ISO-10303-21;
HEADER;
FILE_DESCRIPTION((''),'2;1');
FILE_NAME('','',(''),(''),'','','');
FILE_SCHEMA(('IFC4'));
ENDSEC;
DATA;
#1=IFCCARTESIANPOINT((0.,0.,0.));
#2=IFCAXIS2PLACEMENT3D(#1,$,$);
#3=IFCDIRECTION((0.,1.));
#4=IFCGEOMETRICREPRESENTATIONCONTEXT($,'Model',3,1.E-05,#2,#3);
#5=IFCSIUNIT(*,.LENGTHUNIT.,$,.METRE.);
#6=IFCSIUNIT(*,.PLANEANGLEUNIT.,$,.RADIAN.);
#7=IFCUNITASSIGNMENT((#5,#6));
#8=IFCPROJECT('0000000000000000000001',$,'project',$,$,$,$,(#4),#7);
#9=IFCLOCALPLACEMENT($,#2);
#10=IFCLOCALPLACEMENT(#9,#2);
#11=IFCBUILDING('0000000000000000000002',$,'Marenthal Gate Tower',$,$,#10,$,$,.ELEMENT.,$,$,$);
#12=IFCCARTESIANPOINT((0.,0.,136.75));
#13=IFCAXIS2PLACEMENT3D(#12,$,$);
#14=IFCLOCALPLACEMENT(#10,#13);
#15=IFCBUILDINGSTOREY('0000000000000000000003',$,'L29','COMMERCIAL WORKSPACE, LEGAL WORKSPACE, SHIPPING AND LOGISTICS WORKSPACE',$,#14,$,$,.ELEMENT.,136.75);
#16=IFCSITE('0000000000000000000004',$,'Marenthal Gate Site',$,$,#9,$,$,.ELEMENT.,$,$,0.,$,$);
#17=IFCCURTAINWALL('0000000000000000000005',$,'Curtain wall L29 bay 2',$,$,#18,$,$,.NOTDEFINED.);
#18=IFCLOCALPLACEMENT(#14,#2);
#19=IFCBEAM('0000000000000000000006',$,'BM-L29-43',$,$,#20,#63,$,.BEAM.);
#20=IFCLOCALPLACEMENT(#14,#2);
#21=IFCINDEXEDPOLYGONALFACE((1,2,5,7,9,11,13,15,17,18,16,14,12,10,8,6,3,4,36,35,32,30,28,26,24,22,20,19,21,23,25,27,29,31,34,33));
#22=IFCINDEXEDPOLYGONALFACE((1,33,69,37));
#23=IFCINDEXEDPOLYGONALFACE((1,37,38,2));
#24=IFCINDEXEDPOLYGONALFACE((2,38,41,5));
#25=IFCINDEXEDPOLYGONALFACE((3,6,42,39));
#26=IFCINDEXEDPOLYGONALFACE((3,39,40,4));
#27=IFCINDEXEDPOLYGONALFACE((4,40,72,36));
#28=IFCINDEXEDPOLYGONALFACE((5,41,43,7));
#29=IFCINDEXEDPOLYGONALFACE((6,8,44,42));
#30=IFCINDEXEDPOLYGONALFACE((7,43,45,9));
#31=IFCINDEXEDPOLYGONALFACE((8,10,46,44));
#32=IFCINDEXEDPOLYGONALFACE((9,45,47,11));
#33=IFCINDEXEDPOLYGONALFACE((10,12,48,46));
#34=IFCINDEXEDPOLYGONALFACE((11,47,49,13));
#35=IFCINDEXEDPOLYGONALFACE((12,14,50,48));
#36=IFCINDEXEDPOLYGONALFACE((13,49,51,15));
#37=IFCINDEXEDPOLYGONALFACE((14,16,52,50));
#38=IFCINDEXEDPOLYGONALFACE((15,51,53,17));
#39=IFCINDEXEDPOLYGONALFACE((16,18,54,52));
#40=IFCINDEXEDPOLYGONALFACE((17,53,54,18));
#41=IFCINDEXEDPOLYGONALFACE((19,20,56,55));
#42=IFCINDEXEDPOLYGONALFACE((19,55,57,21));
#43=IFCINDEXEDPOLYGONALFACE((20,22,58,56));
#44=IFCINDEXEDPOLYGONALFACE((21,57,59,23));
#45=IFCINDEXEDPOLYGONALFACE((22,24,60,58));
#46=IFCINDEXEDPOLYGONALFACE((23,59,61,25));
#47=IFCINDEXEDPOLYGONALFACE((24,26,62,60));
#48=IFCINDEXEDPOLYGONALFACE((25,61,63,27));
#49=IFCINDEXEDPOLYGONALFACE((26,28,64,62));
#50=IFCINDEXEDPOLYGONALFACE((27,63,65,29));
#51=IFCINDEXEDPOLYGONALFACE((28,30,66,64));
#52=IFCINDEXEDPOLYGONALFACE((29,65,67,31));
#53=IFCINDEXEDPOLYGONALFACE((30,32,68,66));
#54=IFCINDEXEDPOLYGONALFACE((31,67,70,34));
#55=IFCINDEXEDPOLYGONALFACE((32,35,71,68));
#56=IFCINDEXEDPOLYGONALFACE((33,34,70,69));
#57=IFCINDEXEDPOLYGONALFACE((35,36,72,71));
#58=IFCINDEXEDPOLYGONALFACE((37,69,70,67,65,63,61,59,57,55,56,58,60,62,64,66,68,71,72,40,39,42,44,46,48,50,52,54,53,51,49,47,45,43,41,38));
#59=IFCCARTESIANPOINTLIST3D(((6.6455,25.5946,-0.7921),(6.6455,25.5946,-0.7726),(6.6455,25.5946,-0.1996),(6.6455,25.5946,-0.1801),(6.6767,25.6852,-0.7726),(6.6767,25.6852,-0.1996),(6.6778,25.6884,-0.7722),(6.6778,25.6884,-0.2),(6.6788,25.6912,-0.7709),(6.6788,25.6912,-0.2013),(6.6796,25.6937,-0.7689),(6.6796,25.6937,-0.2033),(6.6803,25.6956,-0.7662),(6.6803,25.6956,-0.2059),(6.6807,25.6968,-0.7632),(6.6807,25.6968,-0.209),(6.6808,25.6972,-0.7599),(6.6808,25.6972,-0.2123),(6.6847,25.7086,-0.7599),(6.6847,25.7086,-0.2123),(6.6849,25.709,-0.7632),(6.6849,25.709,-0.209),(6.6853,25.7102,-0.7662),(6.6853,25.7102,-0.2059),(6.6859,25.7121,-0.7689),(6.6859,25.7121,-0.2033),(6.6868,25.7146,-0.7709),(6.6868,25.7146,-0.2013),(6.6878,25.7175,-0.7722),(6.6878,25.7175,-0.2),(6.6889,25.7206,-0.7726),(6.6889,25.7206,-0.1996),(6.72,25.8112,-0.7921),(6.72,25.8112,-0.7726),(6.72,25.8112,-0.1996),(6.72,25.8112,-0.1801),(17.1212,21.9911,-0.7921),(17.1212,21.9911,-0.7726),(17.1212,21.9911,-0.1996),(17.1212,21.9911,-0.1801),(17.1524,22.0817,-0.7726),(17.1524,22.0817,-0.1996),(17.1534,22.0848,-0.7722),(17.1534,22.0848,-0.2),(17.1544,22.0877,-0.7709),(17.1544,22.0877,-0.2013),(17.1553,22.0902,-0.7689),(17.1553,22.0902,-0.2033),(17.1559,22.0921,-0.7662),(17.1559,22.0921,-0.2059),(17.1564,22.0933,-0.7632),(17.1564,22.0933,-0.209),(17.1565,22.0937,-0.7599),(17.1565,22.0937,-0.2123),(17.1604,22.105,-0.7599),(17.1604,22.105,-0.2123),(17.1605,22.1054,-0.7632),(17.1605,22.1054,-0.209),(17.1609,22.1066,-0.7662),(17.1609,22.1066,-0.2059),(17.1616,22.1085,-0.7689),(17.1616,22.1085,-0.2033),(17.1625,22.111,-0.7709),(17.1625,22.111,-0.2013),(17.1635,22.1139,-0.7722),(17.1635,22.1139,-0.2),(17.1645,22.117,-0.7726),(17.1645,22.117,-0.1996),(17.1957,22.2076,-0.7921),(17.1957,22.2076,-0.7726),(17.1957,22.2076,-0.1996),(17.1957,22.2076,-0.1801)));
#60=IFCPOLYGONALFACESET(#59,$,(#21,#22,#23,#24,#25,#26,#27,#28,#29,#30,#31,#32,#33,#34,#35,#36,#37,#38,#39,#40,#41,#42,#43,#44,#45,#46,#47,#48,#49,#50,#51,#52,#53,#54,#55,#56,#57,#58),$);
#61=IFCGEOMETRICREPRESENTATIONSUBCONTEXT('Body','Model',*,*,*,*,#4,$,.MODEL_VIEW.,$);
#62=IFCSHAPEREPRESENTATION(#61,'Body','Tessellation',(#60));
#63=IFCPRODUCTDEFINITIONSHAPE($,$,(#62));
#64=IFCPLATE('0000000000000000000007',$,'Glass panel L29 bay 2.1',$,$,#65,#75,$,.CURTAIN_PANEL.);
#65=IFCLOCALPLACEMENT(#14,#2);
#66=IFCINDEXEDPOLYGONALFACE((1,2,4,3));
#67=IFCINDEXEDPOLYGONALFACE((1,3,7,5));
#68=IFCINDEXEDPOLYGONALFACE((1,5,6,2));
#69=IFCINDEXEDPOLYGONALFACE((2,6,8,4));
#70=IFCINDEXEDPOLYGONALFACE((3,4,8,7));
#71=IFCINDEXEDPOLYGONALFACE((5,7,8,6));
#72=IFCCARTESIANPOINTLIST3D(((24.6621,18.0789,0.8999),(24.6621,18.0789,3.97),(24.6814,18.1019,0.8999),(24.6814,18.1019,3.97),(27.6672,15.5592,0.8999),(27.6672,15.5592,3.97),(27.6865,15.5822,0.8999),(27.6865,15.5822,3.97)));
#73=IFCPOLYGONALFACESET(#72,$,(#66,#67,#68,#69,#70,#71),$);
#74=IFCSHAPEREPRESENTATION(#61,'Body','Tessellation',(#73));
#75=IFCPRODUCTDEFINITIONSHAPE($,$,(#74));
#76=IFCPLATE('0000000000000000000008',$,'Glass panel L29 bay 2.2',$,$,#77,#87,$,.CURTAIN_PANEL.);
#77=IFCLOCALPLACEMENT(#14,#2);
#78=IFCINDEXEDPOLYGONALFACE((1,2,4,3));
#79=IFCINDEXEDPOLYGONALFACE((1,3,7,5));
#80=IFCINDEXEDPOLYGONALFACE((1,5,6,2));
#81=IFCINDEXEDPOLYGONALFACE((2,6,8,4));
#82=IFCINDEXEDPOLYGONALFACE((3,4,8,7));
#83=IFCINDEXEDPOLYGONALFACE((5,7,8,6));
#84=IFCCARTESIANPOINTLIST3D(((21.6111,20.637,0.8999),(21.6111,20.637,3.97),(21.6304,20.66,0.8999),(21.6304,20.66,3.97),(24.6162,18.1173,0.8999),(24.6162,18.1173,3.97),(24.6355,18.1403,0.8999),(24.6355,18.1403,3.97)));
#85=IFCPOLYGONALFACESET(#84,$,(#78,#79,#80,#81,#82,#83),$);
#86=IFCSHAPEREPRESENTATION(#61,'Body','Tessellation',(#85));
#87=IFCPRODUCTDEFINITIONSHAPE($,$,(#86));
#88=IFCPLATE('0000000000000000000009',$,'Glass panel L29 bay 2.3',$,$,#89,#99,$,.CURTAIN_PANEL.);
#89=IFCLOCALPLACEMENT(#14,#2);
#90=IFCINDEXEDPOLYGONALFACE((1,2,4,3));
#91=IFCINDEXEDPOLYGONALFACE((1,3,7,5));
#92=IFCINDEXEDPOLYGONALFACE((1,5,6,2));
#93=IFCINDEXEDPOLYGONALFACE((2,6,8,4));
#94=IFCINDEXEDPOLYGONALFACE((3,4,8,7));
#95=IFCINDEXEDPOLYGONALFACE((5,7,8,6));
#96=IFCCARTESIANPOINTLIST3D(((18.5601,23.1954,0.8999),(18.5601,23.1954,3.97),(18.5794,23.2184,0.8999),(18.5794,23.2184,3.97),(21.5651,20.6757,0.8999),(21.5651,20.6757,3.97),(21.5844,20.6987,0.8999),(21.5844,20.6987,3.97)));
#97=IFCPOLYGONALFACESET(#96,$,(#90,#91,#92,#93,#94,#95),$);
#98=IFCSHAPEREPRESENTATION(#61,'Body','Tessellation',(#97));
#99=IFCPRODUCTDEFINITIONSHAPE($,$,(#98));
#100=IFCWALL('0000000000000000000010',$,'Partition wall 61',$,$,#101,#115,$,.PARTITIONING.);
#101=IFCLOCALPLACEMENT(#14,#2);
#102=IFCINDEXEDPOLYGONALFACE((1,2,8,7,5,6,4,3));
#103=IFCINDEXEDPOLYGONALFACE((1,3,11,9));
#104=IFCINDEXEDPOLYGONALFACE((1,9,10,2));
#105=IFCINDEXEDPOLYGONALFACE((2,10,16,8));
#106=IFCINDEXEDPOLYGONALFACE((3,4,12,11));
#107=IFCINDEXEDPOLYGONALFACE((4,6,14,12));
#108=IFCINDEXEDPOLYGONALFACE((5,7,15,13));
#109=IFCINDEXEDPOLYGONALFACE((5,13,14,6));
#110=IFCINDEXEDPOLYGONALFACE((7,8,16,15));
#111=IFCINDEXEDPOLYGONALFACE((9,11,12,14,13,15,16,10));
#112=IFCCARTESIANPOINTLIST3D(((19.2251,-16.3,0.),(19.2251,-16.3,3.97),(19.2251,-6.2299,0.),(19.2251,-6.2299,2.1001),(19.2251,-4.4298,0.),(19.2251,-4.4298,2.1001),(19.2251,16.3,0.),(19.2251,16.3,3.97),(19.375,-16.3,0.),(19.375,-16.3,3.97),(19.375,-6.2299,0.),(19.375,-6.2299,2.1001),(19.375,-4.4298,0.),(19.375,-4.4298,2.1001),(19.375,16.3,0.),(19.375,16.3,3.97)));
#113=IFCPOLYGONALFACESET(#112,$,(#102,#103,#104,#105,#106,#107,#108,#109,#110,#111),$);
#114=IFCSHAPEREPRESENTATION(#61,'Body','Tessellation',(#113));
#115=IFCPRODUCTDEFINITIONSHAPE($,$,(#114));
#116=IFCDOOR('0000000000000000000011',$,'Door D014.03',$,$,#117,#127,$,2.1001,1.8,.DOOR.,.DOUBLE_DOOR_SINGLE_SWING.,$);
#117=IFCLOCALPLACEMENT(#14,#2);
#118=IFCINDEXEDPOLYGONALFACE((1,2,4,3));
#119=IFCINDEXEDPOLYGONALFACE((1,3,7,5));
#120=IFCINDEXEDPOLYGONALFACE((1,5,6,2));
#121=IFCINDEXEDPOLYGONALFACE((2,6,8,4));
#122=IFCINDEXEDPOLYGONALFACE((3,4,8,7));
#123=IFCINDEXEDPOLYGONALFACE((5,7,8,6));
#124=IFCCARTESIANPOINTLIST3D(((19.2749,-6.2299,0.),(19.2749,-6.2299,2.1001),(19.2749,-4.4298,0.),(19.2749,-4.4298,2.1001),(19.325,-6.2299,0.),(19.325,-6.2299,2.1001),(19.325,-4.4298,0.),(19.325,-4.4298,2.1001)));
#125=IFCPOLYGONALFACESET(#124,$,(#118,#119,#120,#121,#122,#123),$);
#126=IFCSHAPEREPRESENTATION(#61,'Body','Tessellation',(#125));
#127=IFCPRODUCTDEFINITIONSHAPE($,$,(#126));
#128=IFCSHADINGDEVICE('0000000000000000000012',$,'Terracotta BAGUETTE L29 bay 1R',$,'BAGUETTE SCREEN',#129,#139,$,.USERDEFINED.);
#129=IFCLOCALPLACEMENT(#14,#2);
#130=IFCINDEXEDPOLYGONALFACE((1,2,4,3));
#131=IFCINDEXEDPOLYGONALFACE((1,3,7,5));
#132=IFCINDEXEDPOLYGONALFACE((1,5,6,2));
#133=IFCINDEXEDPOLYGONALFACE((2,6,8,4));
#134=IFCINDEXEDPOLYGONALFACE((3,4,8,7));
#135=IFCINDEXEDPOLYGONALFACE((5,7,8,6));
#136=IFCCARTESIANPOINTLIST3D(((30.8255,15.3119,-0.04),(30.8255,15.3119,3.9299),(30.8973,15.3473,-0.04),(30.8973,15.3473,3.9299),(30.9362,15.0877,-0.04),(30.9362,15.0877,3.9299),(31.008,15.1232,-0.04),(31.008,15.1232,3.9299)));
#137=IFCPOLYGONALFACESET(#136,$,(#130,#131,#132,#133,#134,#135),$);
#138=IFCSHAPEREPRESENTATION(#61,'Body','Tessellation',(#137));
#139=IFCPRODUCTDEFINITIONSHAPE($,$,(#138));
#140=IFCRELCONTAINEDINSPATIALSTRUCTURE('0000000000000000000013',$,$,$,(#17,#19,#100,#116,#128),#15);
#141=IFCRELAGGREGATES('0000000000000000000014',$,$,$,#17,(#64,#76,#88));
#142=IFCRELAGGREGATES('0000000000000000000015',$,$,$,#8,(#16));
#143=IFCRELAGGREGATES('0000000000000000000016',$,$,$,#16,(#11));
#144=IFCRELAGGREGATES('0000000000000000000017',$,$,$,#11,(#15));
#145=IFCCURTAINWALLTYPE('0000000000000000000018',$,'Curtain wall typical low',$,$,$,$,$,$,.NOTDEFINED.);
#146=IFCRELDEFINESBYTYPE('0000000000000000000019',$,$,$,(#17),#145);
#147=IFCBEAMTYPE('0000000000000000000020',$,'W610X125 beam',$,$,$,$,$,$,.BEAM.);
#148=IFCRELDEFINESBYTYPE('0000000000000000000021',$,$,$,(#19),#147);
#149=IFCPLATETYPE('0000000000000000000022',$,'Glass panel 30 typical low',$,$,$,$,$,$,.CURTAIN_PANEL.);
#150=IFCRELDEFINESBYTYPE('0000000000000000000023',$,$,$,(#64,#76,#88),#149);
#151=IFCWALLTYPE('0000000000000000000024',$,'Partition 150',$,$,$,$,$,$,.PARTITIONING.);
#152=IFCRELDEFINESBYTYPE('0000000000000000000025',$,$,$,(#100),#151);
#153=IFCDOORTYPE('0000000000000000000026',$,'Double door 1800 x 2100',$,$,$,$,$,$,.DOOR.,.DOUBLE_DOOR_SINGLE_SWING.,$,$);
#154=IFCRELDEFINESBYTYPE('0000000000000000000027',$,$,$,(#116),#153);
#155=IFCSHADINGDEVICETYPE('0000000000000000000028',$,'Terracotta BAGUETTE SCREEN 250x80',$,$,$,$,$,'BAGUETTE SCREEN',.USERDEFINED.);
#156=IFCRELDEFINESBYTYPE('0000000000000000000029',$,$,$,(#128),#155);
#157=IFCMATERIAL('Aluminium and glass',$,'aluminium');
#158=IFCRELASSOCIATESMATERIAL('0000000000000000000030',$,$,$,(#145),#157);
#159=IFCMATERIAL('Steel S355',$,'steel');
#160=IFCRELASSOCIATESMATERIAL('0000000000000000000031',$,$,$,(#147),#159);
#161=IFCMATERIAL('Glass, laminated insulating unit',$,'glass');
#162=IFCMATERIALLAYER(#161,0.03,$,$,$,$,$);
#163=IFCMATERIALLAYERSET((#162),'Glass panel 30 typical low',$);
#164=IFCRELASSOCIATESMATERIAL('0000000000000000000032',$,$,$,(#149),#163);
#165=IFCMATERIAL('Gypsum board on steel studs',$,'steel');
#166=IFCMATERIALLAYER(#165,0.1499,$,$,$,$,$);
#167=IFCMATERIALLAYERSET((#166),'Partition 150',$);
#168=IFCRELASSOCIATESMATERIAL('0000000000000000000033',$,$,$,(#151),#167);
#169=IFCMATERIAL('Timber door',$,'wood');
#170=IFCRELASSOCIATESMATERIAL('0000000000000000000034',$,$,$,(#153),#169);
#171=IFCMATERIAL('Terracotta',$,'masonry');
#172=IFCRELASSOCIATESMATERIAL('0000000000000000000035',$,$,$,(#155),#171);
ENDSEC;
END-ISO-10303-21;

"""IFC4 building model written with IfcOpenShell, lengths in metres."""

from ifc_helpers import new_model, si_unit, direction, frame, frame_2d, origin, origin_2d, place, context, subcontext, project, spatial, rectangle, i_section, extrude, material, layer, layer_set, material_profile, profile_set, type_object, element, fill, aggregate, save


model = new_model("IFC4")

# Units and contexts
model_context = context("Model", 3, precision=1e-05, world=origin(), true_north=direction((0.0, 1.0)))
body_context = subcontext(model_context, "Body", "Model", "MODEL_VIEW")
ifc_project = project(units=[si_unit("LENGTHUNIT", "METRE"), si_unit("PLANEANGLEUNIT", "RADIAN")], contexts=[model_context])

# Site, building, storey
site_placement = place(None, origin())
site = spatial("IfcSite", under=ifc_project, at=site_placement, Name="Marenthal Gate Site", CompositionType="ELEMENT", RefElevation=0.0)
building_placement = place(site_placement, origin())
building = spatial("IfcBuilding", under=site, at=building_placement, Name="Marenthal Gate Tower", CompositionType="ELEMENT")
storey_placement = place(building_placement, frame((0.0, 0.0, 136.75)))
storey = spatial("IfcBuildingStorey", under=building, at=storey_placement, Name="L29", Description="COMMERCIAL WORKSPACE, LEGAL WORKSPACE, SHIPPING AND LOGISTICS WORKSPACE", CompositionType="ELEMENT", Elevation=136.75)

# Curtain wall
ifc_material_1 = material(Name="Aluminium and glass", Category="aluminium")
curtain_wall_type = type_object("IfcCurtainWallType", Name="Curtain wall typical low", PredefinedType="NOTDEFINED", material=ifc_material_1)
curtain_wall_placement = place(storey_placement, origin())
curtain_wall = element("IfcCurtainWall", 1, at=curtain_wall_placement, inside=storey, type_object=curtain_wall_type, Name="Curtain wall L29 bay 2", PredefinedType="NOTDEFINED")

# Beam
ifc_material_2 = material(Name="Steel S355", Category="steel")
ifc_material_profile_1 = material_profile(ifc_material_2, i_section(OverallWidth=0.229, OverallDepth=0.6121, WebThickness=0.012, FlangeThickness=0.0195, FilletRadius=0.0127, at=origin_2d()), Name="W610X125")
ifc_profile_set_1 = profile_set([ifc_material_profile_1], Name="Steel S355")
beam_type_1 = type_object("IfcBeamType", Name="W610X125 beam", PredefinedType="BEAM", material=ifc_profile_set_1)
beam_1_placement = place(storey_placement, frame((17.1584, 22.0994, -0.4861), z_axis=(-0.945616, 0.325284, 0.0), x_axis=(-0.325284, -0.945616, 0.0)))
element("IfcBeam", 2, at=beam_1_placement, inside=storey, type_object=beam_type_1, Name="BM-L29-43", PredefinedType="BEAM", context=body_context, shape_type="SweptSolid", body=[
    extrude(i_section(OverallWidth=0.229, OverallDepth=0.6121, WebThickness=0.012, FlangeThickness=0.0195, FilletRadius=0.0127, at=origin_2d()), origin(), (0.0, 0.0, 1.0), 11.0781),
])

# Plates
ifc_material_3 = material(Name="Glass, laminated insulating unit", Category="glass")
ifc_layer_1 = layer(ifc_material_3, 0.03)
ifc_layer_set_1 = layer_set([ifc_layer_1], Name="Glass panel 30 typical low")
plate_type = type_object("IfcPlateType", Name="Glass panel 30 typical low", PredefinedType="CURTAIN_PANEL", material=ifc_layer_set_1)
plate_1_placement = place(storey_placement, frame((26.1743, 16.8306, 0.8999), z_axis=(0.0, 0.0, 1.0), x_axis=(-0.766277, 0.642511, 0.0)))
plate_1 = element("IfcPlate", 3, at=plate_1_placement, type_object=plate_type, Name="Glass panel L29 bay 2.1", PredefinedType="CURTAIN_PANEL", context=body_context, shape_type="SweptSolid", body=[
    extrude(rectangle(XDim=3.9216, YDim=0.03, at=origin_2d()), origin(), (0.0, 0.0, 1.0), 3.0701),
])
plate_2_placement = place(storey_placement, frame((23.1233, 19.3887, 0.8999), z_axis=(0.0, 0.0, 1.0), x_axis=(-0.766277, 0.642511, 0.0)))
plate_2 = element("IfcPlate", 4, at=plate_2_placement, type_object=plate_type, Name="Glass panel L29 bay 2.2", PredefinedType="CURTAIN_PANEL", context=body_context, shape_type="SweptSolid", body=[
    extrude(rectangle(XDim=3.9216, YDim=0.03, at=origin_2d()), origin(), (0.0, 0.0, 1.0), 3.0701),
])
plate_3_placement = place(storey_placement, frame((20.0723, 21.947, 0.8999), z_axis=(0.0, 0.0, 1.0), x_axis=(-0.766277, 0.642511, 0.0)))
plate_3 = element("IfcPlate", 5, at=plate_3_placement, type_object=plate_type, Name="Glass panel L29 bay 2.3", PredefinedType="CURTAIN_PANEL", context=body_context, shape_type="SweptSolid", body=[
    extrude(rectangle(XDim=3.9216, YDim=0.03, at=origin_2d()), origin(), (0.0, 0.0, 1.0), 3.0701),
])
aggregate(curtain_wall, [plate_1, plate_2, plate_3])

# Wall, opening, door
ifc_material_4 = material(Name="Gypsum board on steel studs", Category="steel")
ifc_layer_2 = layer(ifc_material_4, 0.1499)
ifc_layer_set_2 = layer_set([ifc_layer_2], Name="Partition 150")
wall_type_1 = type_object("IfcWallType", Name="Partition 150", PredefinedType="PARTITIONING", material=ifc_layer_set_2)
wall_1_placement = place(storey_placement, frame((19.3, 16.3, 0.0), z_axis=(0.0, 0.0, 1.0), x_axis=(0.0, -1.0, 0.0)))
wall_1 = element("IfcWall", 6, at=wall_1_placement, inside=storey, type_object=wall_type_1, Name="Partition wall 61", PredefinedType="PARTITIONING", context=body_context, shape_type="SweptSolid", body=[
    extrude(rectangle(XDim=32.6001, YDim=0.1499, at=frame_2d((16.3, 0.0))), origin(), (0.0, 0.0, 1.0), 3.97),
])
opening_1_placement = place(wall_1_placement, frame((20.73, 0.0, 0.0)))
opening_1 = element("IfcOpeningElement", 7, at=opening_1_placement, cuts=wall_1, PredefinedType="OPENING", context=body_context, shape_type="SweptSolid", body=[
    extrude(rectangle(XDim=1.8, YDim=2.1001, at=frame_2d((0.8999, 1.05))), frame((0.0, 0.085, 0.0), z_axis=(0.0, -1.0, 0.0), x_axis=(1.0, 0.0, 0.0)), (0.0, 0.0, 1.0), 0.1699),
])
ifc_material_5 = material(Name="Timber door", Category="wood")
door_type_1 = type_object("IfcDoorType", Name="Double door 1800 x 2100", OperationType="DOUBLE_DOOR_SINGLE_SWING", PredefinedType="DOOR", material=ifc_material_5)
door_1_placement = place(opening_1_placement, origin())
door_1 = element("IfcDoor", 8, at=door_1_placement, inside=storey, type_object=door_type_1, Name="Door D014.03", OperationType="DOUBLE_DOOR_SINGLE_SWING", OverallHeight=2.1001, OverallWidth=1.8, PredefinedType="DOOR", context=body_context, shape_type="SweptSolid", body=[
    extrude(rectangle(XDim=1.8, YDim=2.1001, at=frame_2d((0.8999, 1.05))), frame((0.0, 0.0249, 0.0), z_axis=(0.0, -1.0, 0.0), x_axis=(1.0, 0.0, 0.0)), (0.0, 0.0, 1.0), 0.05),
])
fill(opening_1, door_1)

# Shading device
ifc_material_6 = material(Name="Terracotta", Category="masonry")
ifc_material_profile_2 = material_profile(ifc_material_6, rectangle(XDim=0.25, YDim=0.0801, at=origin_2d()), Name="Terracotta baguette 250x80")
ifc_profile_set_2 = profile_set([ifc_material_profile_2], Name="Terracotta")
shading_device_type = type_object("IfcShadingDeviceType", Name="Terracotta BAGUETTE SCREEN 250x80", ElementType="BAGUETTE SCREEN", PredefinedType="USERDEFINED", material=ifc_profile_set_2)
shading_device_placement = place(storey_placement, frame((30.9167, 15.2175, -0.04), z_axis=(0.0, 0.0, 1.0), x_axis=(-0.442572, 0.896733, 0.0)))
element("IfcShadingDevice", 9, at=shading_device_placement, inside=storey, type_object=shading_device_type, Name="Terracotta BAGUETTE L29 bay 1R", ObjectType="BAGUETTE SCREEN", PredefinedType="USERDEFINED", context=body_context, shape_type="SweptSolid", body=[
    extrude(rectangle(XDim=0.25, YDim=0.0801, at=origin_2d()), origin(), (0.0, 0.0, 1.0), 3.97),
])

save(model, "model.ifc")
